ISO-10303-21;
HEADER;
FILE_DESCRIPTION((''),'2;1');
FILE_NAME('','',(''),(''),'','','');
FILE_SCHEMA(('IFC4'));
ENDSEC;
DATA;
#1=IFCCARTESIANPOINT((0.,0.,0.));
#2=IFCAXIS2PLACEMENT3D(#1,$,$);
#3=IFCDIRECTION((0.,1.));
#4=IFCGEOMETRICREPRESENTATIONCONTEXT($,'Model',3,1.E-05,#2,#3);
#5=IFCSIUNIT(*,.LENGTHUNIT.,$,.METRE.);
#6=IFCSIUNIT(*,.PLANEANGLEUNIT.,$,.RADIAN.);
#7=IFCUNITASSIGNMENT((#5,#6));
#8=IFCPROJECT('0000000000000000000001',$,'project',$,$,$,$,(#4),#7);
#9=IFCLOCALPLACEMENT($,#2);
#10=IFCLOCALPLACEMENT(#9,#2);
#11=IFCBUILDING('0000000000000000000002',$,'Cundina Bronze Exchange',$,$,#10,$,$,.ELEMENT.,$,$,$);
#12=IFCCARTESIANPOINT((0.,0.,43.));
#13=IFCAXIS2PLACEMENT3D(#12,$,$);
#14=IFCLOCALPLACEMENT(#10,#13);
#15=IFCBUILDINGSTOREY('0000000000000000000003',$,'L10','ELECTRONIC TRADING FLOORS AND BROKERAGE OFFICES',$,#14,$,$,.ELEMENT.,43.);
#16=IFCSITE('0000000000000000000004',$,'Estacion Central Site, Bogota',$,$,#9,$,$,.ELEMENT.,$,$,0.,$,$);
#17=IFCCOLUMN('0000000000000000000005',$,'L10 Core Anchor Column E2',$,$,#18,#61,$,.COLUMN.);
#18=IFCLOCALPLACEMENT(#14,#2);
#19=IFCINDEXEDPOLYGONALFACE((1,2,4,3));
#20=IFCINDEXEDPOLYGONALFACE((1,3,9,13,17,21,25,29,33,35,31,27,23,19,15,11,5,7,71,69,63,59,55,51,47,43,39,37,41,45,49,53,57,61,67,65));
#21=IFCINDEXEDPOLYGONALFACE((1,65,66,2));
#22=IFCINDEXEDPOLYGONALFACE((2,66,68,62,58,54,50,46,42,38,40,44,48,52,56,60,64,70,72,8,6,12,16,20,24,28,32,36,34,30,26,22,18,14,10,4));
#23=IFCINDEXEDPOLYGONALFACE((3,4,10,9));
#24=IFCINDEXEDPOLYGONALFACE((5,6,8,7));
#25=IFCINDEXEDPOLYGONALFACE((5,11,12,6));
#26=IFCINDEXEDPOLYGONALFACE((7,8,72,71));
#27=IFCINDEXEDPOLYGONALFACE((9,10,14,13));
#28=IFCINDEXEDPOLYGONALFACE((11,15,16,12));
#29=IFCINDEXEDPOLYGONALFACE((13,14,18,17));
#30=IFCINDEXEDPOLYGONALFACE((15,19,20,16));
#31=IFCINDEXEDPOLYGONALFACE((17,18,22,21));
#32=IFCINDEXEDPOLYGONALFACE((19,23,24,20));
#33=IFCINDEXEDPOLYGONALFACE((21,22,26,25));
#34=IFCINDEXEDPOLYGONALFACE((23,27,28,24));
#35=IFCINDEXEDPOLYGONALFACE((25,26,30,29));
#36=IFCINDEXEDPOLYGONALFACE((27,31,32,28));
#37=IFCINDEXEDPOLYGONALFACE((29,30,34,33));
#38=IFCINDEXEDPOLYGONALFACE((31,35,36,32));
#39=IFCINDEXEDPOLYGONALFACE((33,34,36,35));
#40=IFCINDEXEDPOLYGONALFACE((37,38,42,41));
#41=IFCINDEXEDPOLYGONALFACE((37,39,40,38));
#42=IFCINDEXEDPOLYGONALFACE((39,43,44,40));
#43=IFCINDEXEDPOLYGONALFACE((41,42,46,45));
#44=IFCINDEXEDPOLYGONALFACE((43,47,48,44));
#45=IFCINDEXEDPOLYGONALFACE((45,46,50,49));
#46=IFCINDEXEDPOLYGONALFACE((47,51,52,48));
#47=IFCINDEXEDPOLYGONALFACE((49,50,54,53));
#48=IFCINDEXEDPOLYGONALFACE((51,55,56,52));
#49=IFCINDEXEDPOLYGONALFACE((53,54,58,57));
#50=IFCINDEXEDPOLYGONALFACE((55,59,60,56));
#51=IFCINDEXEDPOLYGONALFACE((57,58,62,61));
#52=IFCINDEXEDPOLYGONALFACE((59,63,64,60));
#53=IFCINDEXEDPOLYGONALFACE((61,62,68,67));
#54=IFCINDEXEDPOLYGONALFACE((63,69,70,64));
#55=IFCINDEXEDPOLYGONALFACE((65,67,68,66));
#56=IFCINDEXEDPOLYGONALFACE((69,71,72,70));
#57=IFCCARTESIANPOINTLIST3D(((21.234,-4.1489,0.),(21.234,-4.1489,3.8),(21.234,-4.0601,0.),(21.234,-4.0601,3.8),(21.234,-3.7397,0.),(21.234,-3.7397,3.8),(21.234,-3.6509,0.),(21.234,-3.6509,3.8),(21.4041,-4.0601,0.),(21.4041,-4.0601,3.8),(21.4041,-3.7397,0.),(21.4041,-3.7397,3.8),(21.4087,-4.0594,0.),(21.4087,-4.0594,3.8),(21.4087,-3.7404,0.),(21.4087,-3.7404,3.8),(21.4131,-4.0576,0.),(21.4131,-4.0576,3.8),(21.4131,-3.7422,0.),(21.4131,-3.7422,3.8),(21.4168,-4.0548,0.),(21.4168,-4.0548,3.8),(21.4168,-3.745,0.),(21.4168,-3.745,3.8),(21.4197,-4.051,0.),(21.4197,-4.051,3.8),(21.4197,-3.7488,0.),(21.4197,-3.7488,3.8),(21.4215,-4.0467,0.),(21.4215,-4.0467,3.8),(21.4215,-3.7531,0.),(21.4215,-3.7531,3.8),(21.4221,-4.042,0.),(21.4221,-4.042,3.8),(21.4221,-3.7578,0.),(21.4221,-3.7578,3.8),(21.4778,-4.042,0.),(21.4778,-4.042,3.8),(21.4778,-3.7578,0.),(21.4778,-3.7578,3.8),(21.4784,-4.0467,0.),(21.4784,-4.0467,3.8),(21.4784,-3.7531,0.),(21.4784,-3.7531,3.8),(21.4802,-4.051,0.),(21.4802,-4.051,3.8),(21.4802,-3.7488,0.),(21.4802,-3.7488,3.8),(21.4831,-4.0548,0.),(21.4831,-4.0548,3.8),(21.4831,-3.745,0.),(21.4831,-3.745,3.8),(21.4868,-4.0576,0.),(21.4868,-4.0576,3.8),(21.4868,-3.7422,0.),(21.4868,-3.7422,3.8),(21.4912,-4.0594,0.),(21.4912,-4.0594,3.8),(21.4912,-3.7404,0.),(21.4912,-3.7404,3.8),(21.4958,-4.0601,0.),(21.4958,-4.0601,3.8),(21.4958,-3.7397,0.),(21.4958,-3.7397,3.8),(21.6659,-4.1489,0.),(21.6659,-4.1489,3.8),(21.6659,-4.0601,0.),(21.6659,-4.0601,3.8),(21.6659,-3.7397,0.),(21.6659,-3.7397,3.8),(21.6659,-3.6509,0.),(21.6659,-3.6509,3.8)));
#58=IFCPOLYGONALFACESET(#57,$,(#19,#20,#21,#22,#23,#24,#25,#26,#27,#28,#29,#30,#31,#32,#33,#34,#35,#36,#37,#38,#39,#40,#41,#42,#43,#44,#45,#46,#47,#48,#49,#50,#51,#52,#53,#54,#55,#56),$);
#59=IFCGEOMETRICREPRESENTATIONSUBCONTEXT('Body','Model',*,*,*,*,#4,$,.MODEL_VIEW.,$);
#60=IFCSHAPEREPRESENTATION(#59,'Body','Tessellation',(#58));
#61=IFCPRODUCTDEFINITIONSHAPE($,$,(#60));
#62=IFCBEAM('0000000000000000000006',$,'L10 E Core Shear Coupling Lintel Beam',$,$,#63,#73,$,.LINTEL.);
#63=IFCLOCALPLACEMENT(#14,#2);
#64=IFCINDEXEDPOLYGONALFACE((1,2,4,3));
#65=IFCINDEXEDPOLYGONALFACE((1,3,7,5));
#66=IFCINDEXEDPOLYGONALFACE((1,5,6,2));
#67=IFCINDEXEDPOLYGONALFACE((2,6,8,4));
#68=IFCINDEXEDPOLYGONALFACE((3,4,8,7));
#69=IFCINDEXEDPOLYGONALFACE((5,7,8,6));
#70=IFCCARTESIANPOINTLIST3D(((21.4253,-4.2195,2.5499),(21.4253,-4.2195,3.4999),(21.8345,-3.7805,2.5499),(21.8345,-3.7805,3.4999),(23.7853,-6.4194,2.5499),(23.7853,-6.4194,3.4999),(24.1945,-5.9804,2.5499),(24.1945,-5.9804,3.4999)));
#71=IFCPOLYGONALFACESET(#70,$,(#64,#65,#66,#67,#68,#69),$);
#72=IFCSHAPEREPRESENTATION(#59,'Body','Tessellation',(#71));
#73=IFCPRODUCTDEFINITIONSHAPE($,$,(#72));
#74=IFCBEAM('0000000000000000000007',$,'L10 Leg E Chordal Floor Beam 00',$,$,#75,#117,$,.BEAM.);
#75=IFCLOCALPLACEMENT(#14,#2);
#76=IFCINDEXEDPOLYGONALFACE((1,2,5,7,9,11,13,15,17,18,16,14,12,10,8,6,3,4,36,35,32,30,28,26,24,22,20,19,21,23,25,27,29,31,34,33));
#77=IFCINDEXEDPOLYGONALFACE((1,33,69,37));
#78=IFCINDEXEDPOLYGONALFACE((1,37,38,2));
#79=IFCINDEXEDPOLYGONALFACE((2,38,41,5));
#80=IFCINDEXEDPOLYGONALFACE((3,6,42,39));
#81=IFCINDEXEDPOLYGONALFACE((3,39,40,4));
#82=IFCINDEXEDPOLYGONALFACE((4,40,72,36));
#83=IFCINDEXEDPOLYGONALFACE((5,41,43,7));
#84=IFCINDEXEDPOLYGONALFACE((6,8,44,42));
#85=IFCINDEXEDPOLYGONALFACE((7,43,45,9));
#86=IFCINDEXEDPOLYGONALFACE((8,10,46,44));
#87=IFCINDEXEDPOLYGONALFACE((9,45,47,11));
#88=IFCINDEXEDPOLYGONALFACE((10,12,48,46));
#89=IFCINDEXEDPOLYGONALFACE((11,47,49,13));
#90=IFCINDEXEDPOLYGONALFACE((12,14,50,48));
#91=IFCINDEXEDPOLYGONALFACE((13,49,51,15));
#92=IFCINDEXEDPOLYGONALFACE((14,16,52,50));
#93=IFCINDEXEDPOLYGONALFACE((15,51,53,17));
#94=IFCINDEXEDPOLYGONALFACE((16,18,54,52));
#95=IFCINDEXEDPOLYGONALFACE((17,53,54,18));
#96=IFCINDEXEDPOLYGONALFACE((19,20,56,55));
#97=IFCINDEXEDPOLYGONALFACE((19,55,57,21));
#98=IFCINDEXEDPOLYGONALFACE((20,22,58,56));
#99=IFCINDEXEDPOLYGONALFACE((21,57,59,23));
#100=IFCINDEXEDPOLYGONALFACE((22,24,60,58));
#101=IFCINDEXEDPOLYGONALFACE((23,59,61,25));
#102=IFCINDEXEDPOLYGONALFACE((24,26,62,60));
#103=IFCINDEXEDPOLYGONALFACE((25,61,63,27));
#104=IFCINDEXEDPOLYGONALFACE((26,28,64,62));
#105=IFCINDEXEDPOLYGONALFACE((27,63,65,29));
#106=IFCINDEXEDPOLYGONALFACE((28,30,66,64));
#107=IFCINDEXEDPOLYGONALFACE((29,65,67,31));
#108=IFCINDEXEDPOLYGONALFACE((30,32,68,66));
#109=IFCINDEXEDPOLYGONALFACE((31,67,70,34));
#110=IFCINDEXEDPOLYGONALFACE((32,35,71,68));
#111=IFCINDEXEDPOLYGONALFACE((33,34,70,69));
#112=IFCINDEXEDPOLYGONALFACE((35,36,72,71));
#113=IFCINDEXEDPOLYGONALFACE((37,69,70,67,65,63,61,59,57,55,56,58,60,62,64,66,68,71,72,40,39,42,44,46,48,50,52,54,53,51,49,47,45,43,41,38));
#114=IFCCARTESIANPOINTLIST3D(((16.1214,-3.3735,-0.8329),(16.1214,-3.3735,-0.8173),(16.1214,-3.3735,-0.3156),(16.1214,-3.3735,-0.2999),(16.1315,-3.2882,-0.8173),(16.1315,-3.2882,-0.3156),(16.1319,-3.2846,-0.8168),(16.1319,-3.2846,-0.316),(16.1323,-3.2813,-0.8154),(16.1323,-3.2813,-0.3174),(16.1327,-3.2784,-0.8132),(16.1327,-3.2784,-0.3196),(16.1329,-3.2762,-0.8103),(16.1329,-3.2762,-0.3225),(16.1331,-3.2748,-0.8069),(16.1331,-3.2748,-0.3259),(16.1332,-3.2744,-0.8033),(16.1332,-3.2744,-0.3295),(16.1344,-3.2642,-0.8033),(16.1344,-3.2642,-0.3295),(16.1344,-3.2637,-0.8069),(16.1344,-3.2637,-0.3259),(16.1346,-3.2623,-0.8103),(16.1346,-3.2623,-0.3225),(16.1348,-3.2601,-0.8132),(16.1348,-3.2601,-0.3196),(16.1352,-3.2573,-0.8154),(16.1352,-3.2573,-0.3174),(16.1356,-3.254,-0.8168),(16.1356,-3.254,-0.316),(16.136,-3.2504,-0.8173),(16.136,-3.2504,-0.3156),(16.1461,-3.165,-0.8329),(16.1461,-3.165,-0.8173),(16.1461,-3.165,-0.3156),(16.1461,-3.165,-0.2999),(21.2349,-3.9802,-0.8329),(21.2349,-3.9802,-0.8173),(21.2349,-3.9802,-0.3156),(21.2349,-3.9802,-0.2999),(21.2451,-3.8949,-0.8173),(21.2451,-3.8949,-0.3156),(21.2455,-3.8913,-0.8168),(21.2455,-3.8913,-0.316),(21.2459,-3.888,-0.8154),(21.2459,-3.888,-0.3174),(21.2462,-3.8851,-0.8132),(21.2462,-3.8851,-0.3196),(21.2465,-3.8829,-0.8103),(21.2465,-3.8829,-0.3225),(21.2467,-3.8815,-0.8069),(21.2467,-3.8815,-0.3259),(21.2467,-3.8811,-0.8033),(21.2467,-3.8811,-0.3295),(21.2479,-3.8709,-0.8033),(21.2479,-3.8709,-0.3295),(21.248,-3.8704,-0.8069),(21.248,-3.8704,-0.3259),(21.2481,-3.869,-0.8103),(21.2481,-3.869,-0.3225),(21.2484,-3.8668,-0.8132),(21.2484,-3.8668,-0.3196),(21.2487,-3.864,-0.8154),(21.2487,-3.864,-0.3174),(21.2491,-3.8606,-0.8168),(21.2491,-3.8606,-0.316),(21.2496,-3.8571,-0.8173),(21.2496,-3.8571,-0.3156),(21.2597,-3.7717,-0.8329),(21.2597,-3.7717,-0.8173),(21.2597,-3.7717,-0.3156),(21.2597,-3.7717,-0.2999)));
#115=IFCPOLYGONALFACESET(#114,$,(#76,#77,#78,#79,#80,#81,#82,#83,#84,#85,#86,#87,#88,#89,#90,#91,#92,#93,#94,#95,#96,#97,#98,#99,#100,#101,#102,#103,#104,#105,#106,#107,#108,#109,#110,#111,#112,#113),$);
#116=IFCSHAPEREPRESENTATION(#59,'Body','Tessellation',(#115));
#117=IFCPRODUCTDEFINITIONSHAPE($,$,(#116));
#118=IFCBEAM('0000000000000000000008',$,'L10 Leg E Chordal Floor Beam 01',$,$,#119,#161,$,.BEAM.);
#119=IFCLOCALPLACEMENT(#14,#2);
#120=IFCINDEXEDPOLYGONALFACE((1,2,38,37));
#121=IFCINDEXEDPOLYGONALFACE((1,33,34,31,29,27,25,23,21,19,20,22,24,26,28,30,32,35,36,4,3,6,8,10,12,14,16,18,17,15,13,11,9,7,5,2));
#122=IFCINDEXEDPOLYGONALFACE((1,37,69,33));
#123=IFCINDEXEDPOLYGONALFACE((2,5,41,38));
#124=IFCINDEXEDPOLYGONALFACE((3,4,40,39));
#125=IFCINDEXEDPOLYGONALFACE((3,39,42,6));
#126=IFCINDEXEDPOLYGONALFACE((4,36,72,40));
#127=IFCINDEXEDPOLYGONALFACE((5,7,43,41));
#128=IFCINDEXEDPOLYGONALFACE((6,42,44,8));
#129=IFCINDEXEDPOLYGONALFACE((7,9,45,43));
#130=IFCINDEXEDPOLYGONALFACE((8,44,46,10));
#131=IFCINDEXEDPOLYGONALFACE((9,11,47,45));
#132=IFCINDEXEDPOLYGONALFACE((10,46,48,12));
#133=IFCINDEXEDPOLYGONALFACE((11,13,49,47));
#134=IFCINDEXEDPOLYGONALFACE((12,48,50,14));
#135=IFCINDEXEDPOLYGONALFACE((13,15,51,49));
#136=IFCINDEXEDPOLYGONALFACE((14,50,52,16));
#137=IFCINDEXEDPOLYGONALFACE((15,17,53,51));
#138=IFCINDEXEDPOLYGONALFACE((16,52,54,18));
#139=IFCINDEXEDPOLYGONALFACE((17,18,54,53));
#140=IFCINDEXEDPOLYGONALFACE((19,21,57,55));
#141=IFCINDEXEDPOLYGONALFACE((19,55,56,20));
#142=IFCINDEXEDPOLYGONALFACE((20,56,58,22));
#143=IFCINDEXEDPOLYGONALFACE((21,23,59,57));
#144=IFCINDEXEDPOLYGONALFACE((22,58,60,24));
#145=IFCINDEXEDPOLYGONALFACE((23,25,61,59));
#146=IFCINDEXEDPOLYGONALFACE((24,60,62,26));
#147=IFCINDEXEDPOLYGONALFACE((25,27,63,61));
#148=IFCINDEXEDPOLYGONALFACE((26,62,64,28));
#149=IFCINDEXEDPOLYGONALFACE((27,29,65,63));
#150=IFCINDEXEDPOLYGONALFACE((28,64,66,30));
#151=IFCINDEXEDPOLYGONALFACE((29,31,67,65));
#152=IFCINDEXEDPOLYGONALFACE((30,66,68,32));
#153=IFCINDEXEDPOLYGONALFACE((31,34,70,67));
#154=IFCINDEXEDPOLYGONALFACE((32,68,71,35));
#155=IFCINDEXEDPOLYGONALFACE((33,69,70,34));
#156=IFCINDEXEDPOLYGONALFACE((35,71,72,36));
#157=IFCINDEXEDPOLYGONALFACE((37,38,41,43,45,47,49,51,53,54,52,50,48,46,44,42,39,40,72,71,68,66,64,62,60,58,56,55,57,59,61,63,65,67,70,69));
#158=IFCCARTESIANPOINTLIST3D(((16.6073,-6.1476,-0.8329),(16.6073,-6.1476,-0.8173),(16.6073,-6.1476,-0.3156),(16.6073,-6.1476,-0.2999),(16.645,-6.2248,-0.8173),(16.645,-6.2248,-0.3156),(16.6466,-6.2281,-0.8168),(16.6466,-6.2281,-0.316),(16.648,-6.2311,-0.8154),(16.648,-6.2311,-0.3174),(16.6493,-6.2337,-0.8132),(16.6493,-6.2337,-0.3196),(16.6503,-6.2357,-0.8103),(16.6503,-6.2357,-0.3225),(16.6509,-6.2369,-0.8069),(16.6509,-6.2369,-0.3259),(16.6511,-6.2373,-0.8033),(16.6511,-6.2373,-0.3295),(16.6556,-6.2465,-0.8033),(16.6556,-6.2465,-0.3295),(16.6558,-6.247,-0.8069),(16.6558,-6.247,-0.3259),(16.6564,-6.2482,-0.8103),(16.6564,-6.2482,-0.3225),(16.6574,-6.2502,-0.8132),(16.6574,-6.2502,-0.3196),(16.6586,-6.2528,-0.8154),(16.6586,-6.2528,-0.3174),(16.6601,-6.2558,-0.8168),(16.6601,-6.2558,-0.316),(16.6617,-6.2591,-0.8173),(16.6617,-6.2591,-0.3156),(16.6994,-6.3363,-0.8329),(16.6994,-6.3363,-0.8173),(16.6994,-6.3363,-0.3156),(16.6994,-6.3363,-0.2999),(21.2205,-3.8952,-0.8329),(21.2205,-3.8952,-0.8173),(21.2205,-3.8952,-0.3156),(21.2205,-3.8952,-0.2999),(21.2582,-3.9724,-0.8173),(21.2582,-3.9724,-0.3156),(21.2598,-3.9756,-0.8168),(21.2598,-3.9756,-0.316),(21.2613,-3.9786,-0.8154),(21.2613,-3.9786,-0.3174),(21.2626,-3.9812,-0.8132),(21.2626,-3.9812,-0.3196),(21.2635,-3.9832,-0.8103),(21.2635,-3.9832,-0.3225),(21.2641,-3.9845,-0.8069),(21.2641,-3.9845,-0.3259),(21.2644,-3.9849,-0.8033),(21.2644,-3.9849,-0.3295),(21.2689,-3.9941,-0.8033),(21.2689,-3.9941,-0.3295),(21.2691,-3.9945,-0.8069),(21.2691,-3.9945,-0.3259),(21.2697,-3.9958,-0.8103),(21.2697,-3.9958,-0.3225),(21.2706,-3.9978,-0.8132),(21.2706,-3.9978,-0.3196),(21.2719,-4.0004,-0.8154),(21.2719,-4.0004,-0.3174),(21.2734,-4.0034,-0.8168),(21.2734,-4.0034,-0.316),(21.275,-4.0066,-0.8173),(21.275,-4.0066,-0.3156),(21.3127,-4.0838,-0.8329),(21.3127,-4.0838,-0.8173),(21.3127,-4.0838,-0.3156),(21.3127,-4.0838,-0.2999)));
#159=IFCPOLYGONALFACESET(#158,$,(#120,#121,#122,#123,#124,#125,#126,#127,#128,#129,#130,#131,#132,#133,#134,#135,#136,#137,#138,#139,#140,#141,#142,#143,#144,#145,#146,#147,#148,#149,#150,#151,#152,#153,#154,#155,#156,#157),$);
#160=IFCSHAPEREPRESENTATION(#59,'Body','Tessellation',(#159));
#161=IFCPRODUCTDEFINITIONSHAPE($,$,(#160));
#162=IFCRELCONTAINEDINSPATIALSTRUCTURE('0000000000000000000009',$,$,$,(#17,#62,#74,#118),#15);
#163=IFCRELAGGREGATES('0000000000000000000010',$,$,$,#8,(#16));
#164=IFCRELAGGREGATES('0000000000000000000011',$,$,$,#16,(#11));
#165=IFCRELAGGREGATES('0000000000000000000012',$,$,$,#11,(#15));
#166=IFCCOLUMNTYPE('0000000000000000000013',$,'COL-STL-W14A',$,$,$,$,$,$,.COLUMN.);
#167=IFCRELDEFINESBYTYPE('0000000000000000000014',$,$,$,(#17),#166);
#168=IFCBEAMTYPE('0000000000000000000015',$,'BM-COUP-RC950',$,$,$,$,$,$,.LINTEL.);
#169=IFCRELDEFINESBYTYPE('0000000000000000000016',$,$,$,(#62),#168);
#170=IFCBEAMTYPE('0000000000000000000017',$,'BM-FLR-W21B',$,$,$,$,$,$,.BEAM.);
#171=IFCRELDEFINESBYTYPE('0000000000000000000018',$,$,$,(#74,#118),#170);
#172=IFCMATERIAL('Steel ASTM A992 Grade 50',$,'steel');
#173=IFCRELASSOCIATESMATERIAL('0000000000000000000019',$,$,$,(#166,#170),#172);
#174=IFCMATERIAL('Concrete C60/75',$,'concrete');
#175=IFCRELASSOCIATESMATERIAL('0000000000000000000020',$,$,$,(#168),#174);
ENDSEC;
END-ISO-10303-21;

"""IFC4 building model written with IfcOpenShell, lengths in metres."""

from ifc_helpers import new_model, si_unit, direction, frame, origin, origin_2d, place, context, subcontext, project, spatial, rectangle, i_section, extrude, material, material_profile, profile_set, type_object, element, save


model = new_model("IFC4")

# Units and contexts
model_context = context("Model", 3, precision=1e-05, world=origin(), true_north=direction((0.0, 1.0)))
body_context = subcontext(model_context, "Body", "Model", "MODEL_VIEW")
ifc_project = project(units=[si_unit("LENGTHUNIT", "METRE"), si_unit("PLANEANGLEUNIT", "RADIAN")], contexts=[model_context])

# Site, building, storey
site_placement = place(None, origin())
site = spatial("IfcSite", under=ifc_project, at=site_placement, Name="Estacion Central Site, Bogota", CompositionType="ELEMENT", RefElevation=0.0)
building_placement = place(site_placement, origin())
building = spatial("IfcBuilding", under=site, at=building_placement, Name="Cundina Bronze Exchange", CompositionType="ELEMENT")
storey_placement = place(building_placement, frame((0.0, 0.0, 43.0)))
storey = spatial("IfcBuildingStorey", under=building, at=storey_placement, Name="L10", Description="ELECTRONIC TRADING FLOORS AND BROKERAGE OFFICES", CompositionType="ELEMENT", Elevation=43.0)

# Column
ifc_material_1 = material(Name="Steel ASTM A992 Grade 50", Category="steel")
ifc_material_profile_1 = material_profile(ifc_material_1, i_section(OverallWidth=0.4319, OverallDepth=0.498, WebThickness=0.0557, FlangeThickness=0.0889, FilletRadius=0.0181, at=origin_2d()), Name="W14X500", Category="steel")
ifc_profile_set_1 = profile_set([ifc_material_profile_1], Name="Steel ASTM A992 Grade 50")
column_type = type_object("IfcColumnType", Name="COL-STL-W14A", PredefinedType="COLUMN", material=ifc_profile_set_1)
column_placement = place(storey_placement, frame((21.45, -3.8999, 0.0), z_axis=(0.0, 0.0, 1.0), x_axis=(1.0, 0.0, 0.0)))
element("IfcColumn", 1, at=column_placement, inside=storey, type_object=column_type, Name="L10 Core Anchor Column E2", PredefinedType="COLUMN", context=body_context, shape_type="SweptSolid", body=[
    extrude(i_section(OverallWidth=0.4319, OverallDepth=0.498, WebThickness=0.0557, FlangeThickness=0.0889, FilletRadius=0.0181, at=origin_2d()), origin(), (0.0, 0.0, 1.0), 3.8),
])

# Beams
ifc_material_2 = material(Name="Concrete C60/75", Category="concrete")
ifc_material_profile_2 = material_profile(ifc_material_2, rectangle(XDim=0.6001, YDim=0.95, at=origin_2d()), Name="RC600X950", Category="concrete")
ifc_profile_set_2 = profile_set([ifc_material_profile_2], Name="Concrete C60/75")
beam_type_1 = type_object("IfcBeamType", Name="BM-COUP-RC950", PredefinedType="LINTEL", material=ifc_profile_set_2)
beam_1_placement = place(storey_placement, frame((21.6299, -4.0, 3.0249), z_axis=(0.73149, -0.681852, 0.0), x_axis=(0.681852, 0.73149, 0.0)))
element("IfcBeam", 2, at=beam_1_placement, inside=storey, type_object=beam_type_1, Name="L10 E Core Shear Coupling Lintel Beam", PredefinedType="LINTEL", context=body_context, shape_type="SweptSolid", body=[
    extrude(rectangle(XDim=0.6001, YDim=0.95, at=origin_2d()), origin(), (0.0, 0.0, 1.0), 3.2263),
])
ifc_material_profile_3 = material_profile(ifc_material_1, i_section(OverallWidth=0.21, OverallDepth=0.533, WebThickness=0.0103, FlangeThickness=0.0156, FilletRadius=0.0139, at=origin_2d()), Name="W21X62", Category="steel")
ifc_profile_set_3 = profile_set([ifc_material_profile_3], Name="Steel ASTM A992 Grade 50")
beam_type_2 = type_object("IfcBeamType", Name="BM-FLR-W21B", PredefinedType="BEAM", material=ifc_profile_set_3)
beam_2_placement = place(storey_placement, frame((21.2473, -3.876, -0.5664), z_axis=(-0.993035, 0.117818, 0.0), x_axis=(-0.117818, -0.993035, 0.0)))
element("IfcBeam", 3, at=beam_2_placement, inside=storey, type_object=beam_type_2, Name="L10 Leg E Chordal Floor Beam 00", PredefinedType="BEAM", context=body_context, shape_type="SweptSolid", body=[
    extrude(i_section(OverallWidth=0.21, OverallDepth=0.533, WebThickness=0.0103, FlangeThickness=0.0156, FilletRadius=0.0139, at=origin_2d()), origin(), (0.0, 0.0, 1.0), 5.1494),
])
beam_3_placement = place(storey_placement, frame((21.2666, -3.9895, -0.5664), z_axis=(-0.89861, -0.438748, 0.0), x_axis=(0.438748, -0.89861, 0.0)))
element("IfcBeam", 4, at=beam_3_placement, inside=storey, type_object=beam_type_2, Name="L10 Leg E Chordal Floor Beam 01", PredefinedType="BEAM", context=body_context, shape_type="SweptSolid", body=[
    extrude(i_section(OverallWidth=0.21, OverallDepth=0.533, WebThickness=0.0103, FlangeThickness=0.0156, FilletRadius=0.0139, at=origin_2d()), origin(), (0.0, 0.0, 1.0), 5.1338),
])

save(model, "model.ifc")
